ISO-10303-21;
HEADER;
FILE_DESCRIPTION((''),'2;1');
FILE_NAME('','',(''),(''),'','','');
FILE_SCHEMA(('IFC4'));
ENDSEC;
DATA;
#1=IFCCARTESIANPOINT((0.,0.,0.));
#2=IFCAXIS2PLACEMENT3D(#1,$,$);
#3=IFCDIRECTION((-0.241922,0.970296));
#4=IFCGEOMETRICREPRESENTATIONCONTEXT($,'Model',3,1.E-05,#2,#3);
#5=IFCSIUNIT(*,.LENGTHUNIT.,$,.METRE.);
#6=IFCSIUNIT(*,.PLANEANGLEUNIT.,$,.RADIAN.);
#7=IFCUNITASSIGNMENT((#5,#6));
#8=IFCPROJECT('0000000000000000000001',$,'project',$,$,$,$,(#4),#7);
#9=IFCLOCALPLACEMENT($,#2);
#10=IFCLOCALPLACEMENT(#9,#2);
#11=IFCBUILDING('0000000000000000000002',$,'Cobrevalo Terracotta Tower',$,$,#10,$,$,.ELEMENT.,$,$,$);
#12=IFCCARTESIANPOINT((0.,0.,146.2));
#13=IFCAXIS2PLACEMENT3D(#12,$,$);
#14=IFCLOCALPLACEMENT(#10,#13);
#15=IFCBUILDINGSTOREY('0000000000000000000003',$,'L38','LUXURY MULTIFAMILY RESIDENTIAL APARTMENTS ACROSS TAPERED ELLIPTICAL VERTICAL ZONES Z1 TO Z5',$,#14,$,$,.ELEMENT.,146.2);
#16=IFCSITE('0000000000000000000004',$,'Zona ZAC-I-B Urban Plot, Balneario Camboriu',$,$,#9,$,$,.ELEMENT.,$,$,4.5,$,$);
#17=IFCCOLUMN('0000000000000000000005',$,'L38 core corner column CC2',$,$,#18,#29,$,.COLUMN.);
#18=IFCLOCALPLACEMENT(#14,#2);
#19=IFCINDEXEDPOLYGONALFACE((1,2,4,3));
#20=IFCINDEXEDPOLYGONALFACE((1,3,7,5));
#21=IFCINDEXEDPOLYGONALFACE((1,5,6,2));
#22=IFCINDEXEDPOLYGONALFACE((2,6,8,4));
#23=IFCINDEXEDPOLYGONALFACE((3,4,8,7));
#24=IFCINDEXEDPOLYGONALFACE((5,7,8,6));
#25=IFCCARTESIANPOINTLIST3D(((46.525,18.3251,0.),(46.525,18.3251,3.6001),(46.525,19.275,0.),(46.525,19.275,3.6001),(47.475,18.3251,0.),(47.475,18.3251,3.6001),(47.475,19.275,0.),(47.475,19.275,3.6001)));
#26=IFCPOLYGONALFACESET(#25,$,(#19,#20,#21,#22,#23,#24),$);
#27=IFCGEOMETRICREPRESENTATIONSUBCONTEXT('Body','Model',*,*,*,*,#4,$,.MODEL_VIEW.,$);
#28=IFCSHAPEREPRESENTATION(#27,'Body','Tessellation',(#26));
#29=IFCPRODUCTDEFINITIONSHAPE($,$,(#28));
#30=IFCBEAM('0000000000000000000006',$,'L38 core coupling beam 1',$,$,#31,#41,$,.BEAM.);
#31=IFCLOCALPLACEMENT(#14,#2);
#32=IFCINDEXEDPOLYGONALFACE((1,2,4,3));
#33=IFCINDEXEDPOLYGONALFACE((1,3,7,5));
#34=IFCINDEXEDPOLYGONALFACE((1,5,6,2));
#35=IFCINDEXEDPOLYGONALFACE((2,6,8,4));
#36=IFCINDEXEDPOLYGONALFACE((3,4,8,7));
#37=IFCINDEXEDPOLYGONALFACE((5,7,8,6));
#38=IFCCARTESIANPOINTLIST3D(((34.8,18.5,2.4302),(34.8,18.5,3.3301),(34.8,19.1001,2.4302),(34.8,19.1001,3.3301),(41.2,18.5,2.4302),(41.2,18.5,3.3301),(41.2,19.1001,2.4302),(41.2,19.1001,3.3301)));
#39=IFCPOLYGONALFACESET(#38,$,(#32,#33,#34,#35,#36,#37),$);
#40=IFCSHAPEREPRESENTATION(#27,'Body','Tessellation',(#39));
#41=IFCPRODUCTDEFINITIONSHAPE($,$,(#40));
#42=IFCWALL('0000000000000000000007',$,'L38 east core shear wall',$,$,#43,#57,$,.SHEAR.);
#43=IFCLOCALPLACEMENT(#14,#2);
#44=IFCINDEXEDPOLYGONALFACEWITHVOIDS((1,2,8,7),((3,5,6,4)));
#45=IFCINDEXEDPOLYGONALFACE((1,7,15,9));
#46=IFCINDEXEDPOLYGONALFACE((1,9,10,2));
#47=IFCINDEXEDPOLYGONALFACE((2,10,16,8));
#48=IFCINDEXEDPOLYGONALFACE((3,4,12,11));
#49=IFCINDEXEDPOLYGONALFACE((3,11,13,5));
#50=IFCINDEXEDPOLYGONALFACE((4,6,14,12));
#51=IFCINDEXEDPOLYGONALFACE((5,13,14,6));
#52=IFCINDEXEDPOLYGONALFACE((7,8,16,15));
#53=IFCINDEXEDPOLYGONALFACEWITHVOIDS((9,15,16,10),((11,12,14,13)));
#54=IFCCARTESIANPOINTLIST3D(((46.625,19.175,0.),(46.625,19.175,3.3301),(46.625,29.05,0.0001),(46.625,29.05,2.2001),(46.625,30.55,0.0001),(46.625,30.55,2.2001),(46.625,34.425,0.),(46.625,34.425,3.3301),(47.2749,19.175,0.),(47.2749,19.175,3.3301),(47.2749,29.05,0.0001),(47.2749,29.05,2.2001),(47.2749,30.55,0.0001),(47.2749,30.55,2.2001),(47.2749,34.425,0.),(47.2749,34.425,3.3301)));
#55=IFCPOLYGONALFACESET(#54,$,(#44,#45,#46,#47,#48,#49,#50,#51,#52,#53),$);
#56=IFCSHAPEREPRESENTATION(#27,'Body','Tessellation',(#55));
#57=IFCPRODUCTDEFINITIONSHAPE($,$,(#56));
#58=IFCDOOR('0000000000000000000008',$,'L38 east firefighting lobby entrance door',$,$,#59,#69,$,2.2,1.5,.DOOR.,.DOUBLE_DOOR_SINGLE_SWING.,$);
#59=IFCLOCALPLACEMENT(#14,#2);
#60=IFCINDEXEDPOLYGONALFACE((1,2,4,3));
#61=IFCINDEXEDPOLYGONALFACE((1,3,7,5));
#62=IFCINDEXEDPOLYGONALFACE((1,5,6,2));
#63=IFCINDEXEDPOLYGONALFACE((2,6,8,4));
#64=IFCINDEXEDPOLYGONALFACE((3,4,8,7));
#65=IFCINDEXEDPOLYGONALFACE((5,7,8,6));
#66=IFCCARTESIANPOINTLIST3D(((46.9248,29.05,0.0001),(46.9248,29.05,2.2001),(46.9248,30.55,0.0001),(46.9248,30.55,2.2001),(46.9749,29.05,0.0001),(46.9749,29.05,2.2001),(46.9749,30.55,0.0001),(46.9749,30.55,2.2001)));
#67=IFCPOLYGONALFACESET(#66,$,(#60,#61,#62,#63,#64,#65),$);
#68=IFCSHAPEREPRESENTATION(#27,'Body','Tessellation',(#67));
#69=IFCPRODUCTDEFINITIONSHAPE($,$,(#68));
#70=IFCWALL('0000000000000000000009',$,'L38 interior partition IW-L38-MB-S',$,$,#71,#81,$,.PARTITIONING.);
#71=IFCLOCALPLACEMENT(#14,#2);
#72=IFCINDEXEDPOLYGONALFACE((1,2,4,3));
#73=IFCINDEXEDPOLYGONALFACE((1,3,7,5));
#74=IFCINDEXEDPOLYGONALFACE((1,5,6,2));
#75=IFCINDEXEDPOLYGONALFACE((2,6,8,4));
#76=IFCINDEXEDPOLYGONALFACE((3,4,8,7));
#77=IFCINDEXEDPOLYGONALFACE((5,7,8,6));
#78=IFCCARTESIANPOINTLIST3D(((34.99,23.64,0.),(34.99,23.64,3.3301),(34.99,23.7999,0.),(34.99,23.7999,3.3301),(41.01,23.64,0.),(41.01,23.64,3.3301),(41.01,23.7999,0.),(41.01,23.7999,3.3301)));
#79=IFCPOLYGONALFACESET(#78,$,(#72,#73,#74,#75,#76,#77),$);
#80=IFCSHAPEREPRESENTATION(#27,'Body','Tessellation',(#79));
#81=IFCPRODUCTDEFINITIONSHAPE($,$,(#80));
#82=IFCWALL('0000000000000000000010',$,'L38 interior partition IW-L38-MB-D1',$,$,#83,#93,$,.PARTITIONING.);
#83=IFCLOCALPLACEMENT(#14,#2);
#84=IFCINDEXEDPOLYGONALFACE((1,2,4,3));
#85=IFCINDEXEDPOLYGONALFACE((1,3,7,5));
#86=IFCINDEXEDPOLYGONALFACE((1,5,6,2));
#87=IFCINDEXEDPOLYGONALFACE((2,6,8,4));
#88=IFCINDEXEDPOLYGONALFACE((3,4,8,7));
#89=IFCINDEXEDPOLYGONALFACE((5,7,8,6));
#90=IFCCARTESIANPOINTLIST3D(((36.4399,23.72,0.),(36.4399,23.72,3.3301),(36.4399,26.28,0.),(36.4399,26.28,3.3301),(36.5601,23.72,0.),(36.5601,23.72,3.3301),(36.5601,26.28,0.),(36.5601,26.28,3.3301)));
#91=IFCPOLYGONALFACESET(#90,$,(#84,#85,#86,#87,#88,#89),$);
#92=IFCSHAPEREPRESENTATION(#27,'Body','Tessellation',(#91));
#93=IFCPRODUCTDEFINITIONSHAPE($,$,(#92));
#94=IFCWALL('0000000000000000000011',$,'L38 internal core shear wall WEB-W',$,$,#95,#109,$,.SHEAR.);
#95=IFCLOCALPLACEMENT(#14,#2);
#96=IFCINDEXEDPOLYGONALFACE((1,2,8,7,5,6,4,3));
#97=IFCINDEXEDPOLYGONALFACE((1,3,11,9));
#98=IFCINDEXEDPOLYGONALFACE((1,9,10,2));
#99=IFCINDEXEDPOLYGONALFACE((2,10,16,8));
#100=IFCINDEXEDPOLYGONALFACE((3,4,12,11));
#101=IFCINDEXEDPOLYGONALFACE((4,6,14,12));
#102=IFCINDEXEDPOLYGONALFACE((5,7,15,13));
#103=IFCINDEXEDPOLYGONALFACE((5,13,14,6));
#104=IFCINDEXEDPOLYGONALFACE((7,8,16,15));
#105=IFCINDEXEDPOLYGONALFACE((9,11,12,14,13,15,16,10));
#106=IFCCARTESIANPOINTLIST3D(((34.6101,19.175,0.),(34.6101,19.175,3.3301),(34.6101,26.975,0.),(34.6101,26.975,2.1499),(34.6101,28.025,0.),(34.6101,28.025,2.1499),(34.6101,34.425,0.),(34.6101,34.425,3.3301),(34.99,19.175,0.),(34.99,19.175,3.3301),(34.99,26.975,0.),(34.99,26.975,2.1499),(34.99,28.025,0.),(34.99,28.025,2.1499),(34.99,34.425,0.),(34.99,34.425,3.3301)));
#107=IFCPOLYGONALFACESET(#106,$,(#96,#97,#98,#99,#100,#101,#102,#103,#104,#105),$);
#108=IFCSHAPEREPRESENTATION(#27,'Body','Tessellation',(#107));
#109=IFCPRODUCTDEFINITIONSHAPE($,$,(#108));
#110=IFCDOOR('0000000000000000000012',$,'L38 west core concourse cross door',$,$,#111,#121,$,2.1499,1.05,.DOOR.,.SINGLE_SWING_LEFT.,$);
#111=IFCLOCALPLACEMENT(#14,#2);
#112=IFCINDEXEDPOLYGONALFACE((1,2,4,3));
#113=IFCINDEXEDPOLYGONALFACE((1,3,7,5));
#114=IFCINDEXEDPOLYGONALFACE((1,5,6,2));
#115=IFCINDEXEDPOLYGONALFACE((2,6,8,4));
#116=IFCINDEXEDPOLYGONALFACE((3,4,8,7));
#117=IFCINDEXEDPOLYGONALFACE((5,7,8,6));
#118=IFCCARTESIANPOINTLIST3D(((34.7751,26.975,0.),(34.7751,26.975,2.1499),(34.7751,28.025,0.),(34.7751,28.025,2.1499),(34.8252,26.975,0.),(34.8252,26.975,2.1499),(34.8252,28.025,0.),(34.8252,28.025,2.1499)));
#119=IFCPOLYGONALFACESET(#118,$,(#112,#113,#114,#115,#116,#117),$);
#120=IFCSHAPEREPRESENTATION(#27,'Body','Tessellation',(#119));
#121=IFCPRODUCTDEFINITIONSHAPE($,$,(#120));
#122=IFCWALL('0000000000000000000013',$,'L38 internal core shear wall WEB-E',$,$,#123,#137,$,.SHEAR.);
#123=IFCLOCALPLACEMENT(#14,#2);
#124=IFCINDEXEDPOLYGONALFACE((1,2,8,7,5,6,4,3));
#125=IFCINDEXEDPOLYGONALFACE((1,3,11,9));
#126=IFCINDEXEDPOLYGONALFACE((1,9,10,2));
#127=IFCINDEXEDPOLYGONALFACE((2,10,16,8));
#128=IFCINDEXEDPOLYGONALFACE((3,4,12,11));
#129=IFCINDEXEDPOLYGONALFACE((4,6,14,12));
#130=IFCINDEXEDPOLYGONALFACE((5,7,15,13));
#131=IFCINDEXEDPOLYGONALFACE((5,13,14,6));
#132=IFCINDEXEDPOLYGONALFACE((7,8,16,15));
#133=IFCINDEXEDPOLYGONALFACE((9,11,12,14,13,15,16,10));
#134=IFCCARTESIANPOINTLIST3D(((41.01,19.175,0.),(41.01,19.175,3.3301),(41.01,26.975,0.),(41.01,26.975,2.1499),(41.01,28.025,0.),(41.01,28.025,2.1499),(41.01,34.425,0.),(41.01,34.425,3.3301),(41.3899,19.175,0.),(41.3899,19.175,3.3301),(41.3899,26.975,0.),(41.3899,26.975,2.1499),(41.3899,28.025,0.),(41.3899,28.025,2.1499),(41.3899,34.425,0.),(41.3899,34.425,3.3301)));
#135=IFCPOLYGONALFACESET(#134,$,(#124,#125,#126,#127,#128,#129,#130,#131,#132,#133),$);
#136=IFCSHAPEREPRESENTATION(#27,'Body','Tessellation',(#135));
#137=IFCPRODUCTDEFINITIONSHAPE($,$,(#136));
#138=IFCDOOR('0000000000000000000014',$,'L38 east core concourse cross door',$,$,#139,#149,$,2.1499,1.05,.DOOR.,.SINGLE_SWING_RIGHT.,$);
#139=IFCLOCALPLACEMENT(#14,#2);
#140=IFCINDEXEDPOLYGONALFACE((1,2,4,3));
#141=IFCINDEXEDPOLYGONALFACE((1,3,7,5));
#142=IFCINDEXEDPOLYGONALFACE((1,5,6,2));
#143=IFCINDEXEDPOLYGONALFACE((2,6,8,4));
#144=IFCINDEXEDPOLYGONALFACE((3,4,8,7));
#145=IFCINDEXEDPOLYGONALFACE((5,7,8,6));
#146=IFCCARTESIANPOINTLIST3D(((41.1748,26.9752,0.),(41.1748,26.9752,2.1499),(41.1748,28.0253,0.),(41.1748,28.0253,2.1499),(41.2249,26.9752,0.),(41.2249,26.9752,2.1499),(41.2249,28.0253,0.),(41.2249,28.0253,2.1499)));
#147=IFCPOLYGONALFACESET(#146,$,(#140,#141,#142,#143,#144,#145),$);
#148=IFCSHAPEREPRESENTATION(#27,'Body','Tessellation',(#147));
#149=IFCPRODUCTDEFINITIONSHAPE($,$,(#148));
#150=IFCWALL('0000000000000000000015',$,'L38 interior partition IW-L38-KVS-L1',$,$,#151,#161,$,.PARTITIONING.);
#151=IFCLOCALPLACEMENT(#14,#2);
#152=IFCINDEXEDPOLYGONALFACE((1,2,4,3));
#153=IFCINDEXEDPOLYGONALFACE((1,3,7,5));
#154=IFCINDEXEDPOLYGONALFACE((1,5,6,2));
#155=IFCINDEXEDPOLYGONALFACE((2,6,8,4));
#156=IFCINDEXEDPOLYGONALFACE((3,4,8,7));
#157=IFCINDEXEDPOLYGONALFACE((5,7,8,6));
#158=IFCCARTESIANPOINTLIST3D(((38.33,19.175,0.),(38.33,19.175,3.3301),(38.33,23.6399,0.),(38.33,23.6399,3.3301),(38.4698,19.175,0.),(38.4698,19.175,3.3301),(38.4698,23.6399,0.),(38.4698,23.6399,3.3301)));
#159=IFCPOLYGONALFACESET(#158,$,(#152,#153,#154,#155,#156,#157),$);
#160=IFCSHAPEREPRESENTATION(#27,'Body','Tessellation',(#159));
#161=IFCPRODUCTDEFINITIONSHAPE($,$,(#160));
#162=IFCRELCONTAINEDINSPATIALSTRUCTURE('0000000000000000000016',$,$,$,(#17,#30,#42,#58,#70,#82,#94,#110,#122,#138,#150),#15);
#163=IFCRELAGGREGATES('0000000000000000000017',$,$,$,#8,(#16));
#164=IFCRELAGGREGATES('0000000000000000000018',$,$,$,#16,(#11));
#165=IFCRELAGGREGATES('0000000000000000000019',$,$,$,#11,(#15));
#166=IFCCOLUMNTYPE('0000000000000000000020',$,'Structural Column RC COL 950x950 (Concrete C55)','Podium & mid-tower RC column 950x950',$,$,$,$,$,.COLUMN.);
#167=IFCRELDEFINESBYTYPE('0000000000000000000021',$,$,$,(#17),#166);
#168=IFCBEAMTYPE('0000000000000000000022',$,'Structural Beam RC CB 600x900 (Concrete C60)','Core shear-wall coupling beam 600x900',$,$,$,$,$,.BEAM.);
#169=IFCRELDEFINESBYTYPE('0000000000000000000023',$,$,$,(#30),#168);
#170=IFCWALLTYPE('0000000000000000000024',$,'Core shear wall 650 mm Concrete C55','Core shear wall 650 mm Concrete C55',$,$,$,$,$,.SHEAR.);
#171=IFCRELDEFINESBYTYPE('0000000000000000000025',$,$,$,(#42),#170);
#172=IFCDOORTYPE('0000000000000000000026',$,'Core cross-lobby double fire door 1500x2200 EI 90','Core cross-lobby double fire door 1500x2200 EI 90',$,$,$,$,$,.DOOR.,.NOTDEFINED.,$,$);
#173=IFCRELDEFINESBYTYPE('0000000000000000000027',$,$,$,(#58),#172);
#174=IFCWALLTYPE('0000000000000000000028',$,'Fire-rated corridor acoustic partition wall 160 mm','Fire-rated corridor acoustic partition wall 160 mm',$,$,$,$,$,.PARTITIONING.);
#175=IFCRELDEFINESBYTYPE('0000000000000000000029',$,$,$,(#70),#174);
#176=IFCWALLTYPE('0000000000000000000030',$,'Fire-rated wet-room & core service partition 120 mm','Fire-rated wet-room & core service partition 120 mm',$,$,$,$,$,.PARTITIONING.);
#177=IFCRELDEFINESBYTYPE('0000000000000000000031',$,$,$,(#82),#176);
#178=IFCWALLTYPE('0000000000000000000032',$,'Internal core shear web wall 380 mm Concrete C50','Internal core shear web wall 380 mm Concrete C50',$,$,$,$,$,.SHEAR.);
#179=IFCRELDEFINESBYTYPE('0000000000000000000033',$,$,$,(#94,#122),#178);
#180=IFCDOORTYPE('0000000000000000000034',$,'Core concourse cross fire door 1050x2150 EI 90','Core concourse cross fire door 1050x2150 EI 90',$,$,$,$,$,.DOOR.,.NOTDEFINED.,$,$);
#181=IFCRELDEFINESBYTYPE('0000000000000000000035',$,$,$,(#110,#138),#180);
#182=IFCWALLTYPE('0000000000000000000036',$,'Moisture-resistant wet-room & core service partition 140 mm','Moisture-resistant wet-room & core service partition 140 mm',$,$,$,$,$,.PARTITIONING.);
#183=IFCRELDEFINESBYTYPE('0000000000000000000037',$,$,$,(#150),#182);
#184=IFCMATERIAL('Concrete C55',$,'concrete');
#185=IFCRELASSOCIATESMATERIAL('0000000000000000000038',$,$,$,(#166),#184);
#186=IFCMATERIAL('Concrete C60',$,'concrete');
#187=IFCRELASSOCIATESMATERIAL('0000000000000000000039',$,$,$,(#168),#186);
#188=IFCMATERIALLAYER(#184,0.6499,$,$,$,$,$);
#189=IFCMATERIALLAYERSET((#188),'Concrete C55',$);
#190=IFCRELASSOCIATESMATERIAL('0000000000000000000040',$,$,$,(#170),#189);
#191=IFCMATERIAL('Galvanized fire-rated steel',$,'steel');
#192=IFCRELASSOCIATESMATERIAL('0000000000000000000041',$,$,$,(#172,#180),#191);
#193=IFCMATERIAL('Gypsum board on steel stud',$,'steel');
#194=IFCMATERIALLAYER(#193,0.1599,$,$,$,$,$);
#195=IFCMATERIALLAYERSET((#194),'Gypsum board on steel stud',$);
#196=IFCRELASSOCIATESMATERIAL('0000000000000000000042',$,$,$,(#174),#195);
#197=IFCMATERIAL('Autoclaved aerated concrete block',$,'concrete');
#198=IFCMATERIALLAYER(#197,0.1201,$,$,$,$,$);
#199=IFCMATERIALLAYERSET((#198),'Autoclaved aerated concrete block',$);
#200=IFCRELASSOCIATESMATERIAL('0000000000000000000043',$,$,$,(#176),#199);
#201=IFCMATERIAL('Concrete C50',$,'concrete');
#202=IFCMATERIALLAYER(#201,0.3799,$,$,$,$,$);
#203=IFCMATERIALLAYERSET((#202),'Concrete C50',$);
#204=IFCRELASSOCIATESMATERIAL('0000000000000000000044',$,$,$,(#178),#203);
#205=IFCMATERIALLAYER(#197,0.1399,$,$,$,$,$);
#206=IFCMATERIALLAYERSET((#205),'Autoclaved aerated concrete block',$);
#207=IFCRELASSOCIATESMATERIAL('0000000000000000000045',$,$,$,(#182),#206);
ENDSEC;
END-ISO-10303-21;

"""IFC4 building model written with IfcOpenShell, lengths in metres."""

from ifc_helpers import new_model, si_unit, direction, frame, frame_2d, origin, origin_2d, place, context, subcontext, project, spatial, rectangle, extrude, source, transform, mapped, material, layer, layer_set, material_profile, profile_set, type_object, element, fill, save


model = new_model("IFC4")

# Units and contexts
model_context = context("Model", 3, precision=1e-05, world=origin(), true_north=direction((-0.241922, 0.970296)))
body_context = subcontext(model_context, "Body", "Model", "MODEL_VIEW")
ifc_project = project(units=[si_unit("LENGTHUNIT", "METRE"), si_unit("PLANEANGLEUNIT", "RADIAN")], contexts=[model_context])

# Site, building, storey
site_placement = place(None, origin())
site = spatial("IfcSite", under=ifc_project, at=site_placement, Name="Zona ZAC-I-B Urban Plot, Balneario Camboriu", CompositionType="ELEMENT", RefElevation=4.5)
building_placement = place(site_placement, origin())
building = spatial("IfcBuilding", under=site, at=building_placement, Name="Cobrevalo Terracotta Tower", CompositionType="ELEMENT")
storey_placement = place(building_placement, frame((0.0, 0.0, 146.2)))
storey = spatial("IfcBuildingStorey", under=building, at=storey_placement, Name="L38", Description="LUXURY MULTIFAMILY RESIDENTIAL APARTMENTS ACROSS TAPERED ELLIPTICAL VERTICAL ZONES Z1 TO Z5", CompositionType="ELEMENT", Elevation=146.2)

# Column
ifc_material_1 = material(Name="Concrete C55", Category="concrete")
ifc_material_profile_1 = material_profile(ifc_material_1, rectangle(XDim=0.95, YDim=0.95, at=origin_2d()), Name="RC COL 950x950")
ifc_profile_set_1 = profile_set([ifc_material_profile_1], Name="Concrete C55")
column_type = type_object("IfcColumnType", Name="Structural Column RC COL 950x950 (Concrete C55)", Description="Podium & mid-tower RC column 950x950", PredefinedType="COLUMN", material=ifc_profile_set_1)
column_placement = place(storey_placement, frame((47.0, 18.8, 0.0), z_axis=(0.0, 0.0, 1.0), x_axis=(1.0, 0.0, 0.0)))
element("IfcColumn", 1, at=column_placement, inside=storey, type_object=column_type, Name="L38 core corner column CC2", PredefinedType="COLUMN", context=body_context, shape_type="SweptSolid", body=[
    extrude(rectangle(XDim=0.95, YDim=0.95, at=origin_2d()), origin(), (0.0, 0.0, 1.0), 3.6001),
])

# Beam
ifc_material_2 = material(Name="Concrete C60", Category="concrete")
ifc_material_profile_2 = material_profile(ifc_material_2, rectangle(XDim=0.6001, YDim=0.8999, at=origin_2d()), Name="RC CB 600x900")
ifc_profile_set_2 = profile_set([ifc_material_profile_2], Name="Concrete C60")
beam_type = type_object("IfcBeamType", Name="Structural Beam RC CB 600x900 (Concrete C60)", Description="Core shear-wall coupling beam 600x900", PredefinedType="BEAM", material=ifc_profile_set_2)
beam_placement = place(storey_placement, frame((34.8, 18.8, 2.8801), z_axis=(1.0, 0.0, 0.0), x_axis=(0.0, 1.0, 0.0)))
element("IfcBeam", 2, at=beam_placement, inside=storey, type_object=beam_type, Name="L38 core coupling beam 1", PredefinedType="BEAM", context=body_context, shape_type="SweptSolid", body=[
    extrude(rectangle(XDim=0.6001, YDim=0.8999, at=origin_2d()), origin(), (0.0, 0.0, 1.0), 6.3999),
])

# Wall, opening, door
ifc_layer_1 = layer(ifc_material_1, 0.6499)
ifc_layer_set_1 = layer_set([ifc_layer_1], Name="Concrete C55")
wall_type_1 = type_object("IfcWallType", Name="Core shear wall 650 mm Concrete C55", Description="Core shear wall 650 mm Concrete C55", PredefinedType="SHEAR", material=ifc_layer_set_1)
wall_1_placement = place(storey_placement, frame((46.95, 19.175, 0.0), z_axis=(0.0, 0.0, 1.0), x_axis=(0.0, 1.0, 0.0)))
wall_1 = element("IfcWall", 3, at=wall_1_placement, inside=storey, type_object=wall_type_1, Name="L38 east core shear wall", PredefinedType="SHEAR", context=body_context, shape_type="SweptSolid", body=[
    extrude(rectangle(XDim=15.25, YDim=0.6499, at=frame_2d((7.625, 0.0))), origin(), (0.0, 0.0, 1.0), 3.3301),
])
opening_1_placement = place(wall_1_placement, frame((9.875, 0.0, 0.0)))
opening_1 = element("IfcOpeningElement", 4, at=opening_1_placement, cuts=wall_1, PredefinedType="OPENING", context=body_context, shape_type="SweptSolid", body=[
    extrude(rectangle(XDim=1.5, YDim=2.2, at=frame_2d((0.75, 1.1001))), frame((0.0, 0.335, 0.0), z_axis=(0.0, -1.0, 0.0), x_axis=(1.0, 0.0, 0.0)), (0.0, 0.0, 1.0), 0.6699),
])
ifc_material_3 = material(Name="Galvanized fire-rated steel", Category="steel")
door_type_1 = type_object("IfcDoorType", Name="Core cross-lobby double fire door 1500x2200 EI 90", Description="Core cross-lobby double fire door 1500x2200 EI 90", OperationType="NOTDEFINED", PredefinedType="DOOR", material=ifc_material_3)
shared_shape_1 = source(origin(), body_context, "Body", "SweptSolid", [
    extrude(rectangle(XDim=1.5, YDim=2.2, at=frame_2d((0.75, 1.1001))), frame((0.0, 0.0249, 0.0), z_axis=(0.0, -1.0, 0.0), x_axis=(1.0, 0.0, 0.0)), (0.0, 0.0, 1.0), 0.05),
])
door_1_placement = place(opening_1_placement, frame((1.5, 0.0, 0.0), z_axis=(0.0, 0.0, 1.0), x_axis=(-1.0, 0.0, 0.0)))
door_1 = element("IfcDoor", 5, at=door_1_placement, inside=storey, type_object=door_type_1, Name="L38 east firefighting lobby entrance door", OperationType="DOUBLE_DOOR_SINGLE_SWING", OverallHeight=2.2, OverallWidth=1.5, PredefinedType="DOOR", context=body_context, shape_type="MappedRepresentation", body=[
    mapped(shared_shape_1, transform((0.0, 0.0, 0.0), scale=1.0)),
])
fill(opening_1, door_1)

# Walls
ifc_material_4 = material(Name="Gypsum board on steel stud", Category="steel")
ifc_layer_2 = layer(ifc_material_4, 0.1599)
ifc_layer_set_2 = layer_set([ifc_layer_2], Name="Gypsum board on steel stud")
wall_type_2 = type_object("IfcWallType", Name="Fire-rated corridor acoustic partition wall 160 mm", Description="Fire-rated corridor acoustic partition wall 160 mm", PredefinedType="PARTITIONING", material=ifc_layer_set_2)
wall_2_placement = place(storey_placement, frame((34.99, 23.72, 0.0), z_axis=(0.0, 0.0, 1.0), x_axis=(1.0, 0.0, 0.0)))
element("IfcWall", 6, at=wall_2_placement, inside=storey, type_object=wall_type_2, Name="L38 interior partition IW-L38-MB-S", PredefinedType="PARTITIONING", context=body_context, shape_type="SweptSolid", body=[
    extrude(rectangle(XDim=6.02, YDim=0.1599, at=frame_2d((3.01, 0.0))), origin(), (0.0, 0.0, 1.0), 3.3301),
])
ifc_material_5 = material(Name="Autoclaved aerated concrete block", Category="concrete")
ifc_layer_3 = layer(ifc_material_5, 0.1201)
ifc_layer_set_3 = layer_set([ifc_layer_3], Name="Autoclaved aerated concrete block")
wall_type_3 = type_object("IfcWallType", Name="Fire-rated wet-room & core service partition 120 mm", Description="Fire-rated wet-room & core service partition 120 mm", PredefinedType="PARTITIONING", material=ifc_layer_set_3)
wall_3_placement = place(storey_placement, frame((36.5, 23.72, 0.0), z_axis=(0.0, 0.0, 1.0), x_axis=(0.0, 1.0, 0.0)))
element("IfcWall", 7, at=wall_3_placement, inside=storey, type_object=wall_type_3, Name="L38 interior partition IW-L38-MB-D1", PredefinedType="PARTITIONING", context=body_context, shape_type="SweptSolid", body=[
    extrude(rectangle(XDim=2.5601, YDim=0.1201, at=frame_2d((1.28, 0.0))), origin(), (0.0, 0.0, 1.0), 3.3301),
])

# Walls, openings, doors
ifc_material_6 = material(Name="Concrete C50", Category="concrete")
ifc_layer_4 = layer(ifc_material_6, 0.3799)
ifc_layer_set_4 = layer_set([ifc_layer_4], Name="Concrete C50")
wall_type_4 = type_object("IfcWallType", Name="Internal core shear web wall 380 mm Concrete C50", Description="Internal core shear web wall 380 mm Concrete C50", PredefinedType="SHEAR", material=ifc_layer_set_4)
wall_4_placement = place(storey_placement, frame((34.8, 19.175, 0.0), z_axis=(0.0, 0.0, 1.0), x_axis=(0.0, 1.0, 0.0)))
wall_4 = element("IfcWall", 8, at=wall_4_placement, inside=storey, type_object=wall_type_4, Name="L38 internal core shear wall WEB-W", PredefinedType="SHEAR", context=body_context, shape_type="SweptSolid", body=[
    extrude(rectangle(XDim=15.25, YDim=0.3799, at=frame_2d((7.625, 0.0))), origin(), (0.0, 0.0, 1.0), 3.3301),
])
opening_2_placement = place(wall_4_placement, frame((7.8, 0.0, 0.0)))
opening_2 = element("IfcOpeningElement", 9, at=opening_2_placement, cuts=wall_4, PredefinedType="OPENING", context=body_context, shape_type="SweptSolid", body=[
    extrude(rectangle(XDim=1.05, YDim=2.1499, at=frame_2d((0.5249, 1.075))), frame((0.0, 0.2, 0.0), z_axis=(0.0, -1.0, 0.0), x_axis=(1.0, 0.0, 0.0)), (0.0, 0.0, 1.0), 0.3999),
])
door_type_2 = type_object("IfcDoorType", Name="Core concourse cross fire door 1050x2150 EI 90", Description="Core concourse cross fire door 1050x2150 EI 90", OperationType="NOTDEFINED", PredefinedType="DOOR", material=ifc_material_3)
shared_shape_2 = source(origin(), body_context, "Body", "SweptSolid", [
    extrude(rectangle(XDim=1.05, YDim=2.1499, at=frame_2d((0.5249, 1.075))), frame((0.0, 0.0249, 0.0), z_axis=(0.0, -1.0, 0.0), x_axis=(1.0, 0.0, 0.0)), (0.0, 0.0, 1.0), 0.05),
])
door_2_placement = place(opening_2_placement, origin())
door_2 = element("IfcDoor", 10, at=door_2_placement, inside=storey, type_object=door_type_2, Name="L38 west core concourse cross door", OperationType="SINGLE_SWING_LEFT", OverallHeight=2.1499, OverallWidth=1.05, PredefinedType="DOOR", context=body_context, shape_type="MappedRepresentation", body=[
    mapped(shared_shape_2, transform((0.0, 0.0, 0.0), scale=1.0)),
])
fill(opening_2, door_2)
wall_5_placement = place(storey_placement, frame((41.2, 19.175, 0.0), z_axis=(0.0, 0.0, 1.0), x_axis=(0.0, 1.0, 0.0)))
wall_5 = element("IfcWall", 11, at=wall_5_placement, inside=storey, type_object=wall_type_4, Name="L38 internal core shear wall WEB-E", PredefinedType="SHEAR", context=body_context, shape_type="SweptSolid", body=[
    extrude(rectangle(XDim=15.25, YDim=0.3799, at=frame_2d((7.625, 0.0))), origin(), (0.0, 0.0, 1.0), 3.3301),
])
opening_3_placement = place(wall_5_placement, frame((7.8, 0.0, 0.0)))
opening_3 = element("IfcOpeningElement", 12, at=opening_3_placement, cuts=wall_5, PredefinedType="OPENING", context=body_context, shape_type="SweptSolid", body=[
    extrude(rectangle(XDim=1.05, YDim=2.1499, at=frame_2d((0.5249, 1.075))), frame((0.0, 0.2, 0.0), z_axis=(0.0, -1.0, 0.0), x_axis=(1.0, 0.0, 0.0)), (0.0, 0.0, 1.0), 0.3999),
])
door_3_placement = place(opening_3_placement, frame((1.05, 0.0, 0.0), z_axis=(0.0, 0.0, 1.0), x_axis=(-1.0, 0.0, 0.0)))
door_3 = element("IfcDoor", 13, at=door_3_placement, inside=storey, type_object=door_type_2, Name="L38 east core concourse cross door", OperationType="SINGLE_SWING_RIGHT", OverallHeight=2.1499, OverallWidth=1.05, PredefinedType="DOOR", context=body_context, shape_type="MappedRepresentation", body=[
    mapped(shared_shape_2, transform((0.0, 0.0, 0.0), scale=1.0)),
])
fill(opening_3, door_3)

# Wall
ifc_layer_5 = layer(ifc_material_5, 0.1399)
ifc_layer_set_5 = layer_set([ifc_layer_5], Name="Autoclaved aerated concrete block")
wall_type_5 = type_object("IfcWallType", Name="Moisture-resistant wet-room & core service partition 140 mm", Description="Moisture-resistant wet-room & core service partition 140 mm", PredefinedType="PARTITIONING", material=ifc_layer_set_5)
wall_6_placement = place(storey_placement, frame((38.3999, 19.175, 0.0), z_axis=(0.0, 0.0, 1.0), x_axis=(0.0, 1.0, 0.0)))
element("IfcWall", 14, at=wall_6_placement, inside=storey, type_object=wall_type_5, Name="L38 interior partition IW-L38-KVS-L1", PredefinedType="PARTITIONING", context=body_context, shape_type="SweptSolid", body=[
    extrude(rectangle(XDim=4.4648, YDim=0.1399, at=frame_2d((2.2324, 0.0))), origin(), (0.0, 0.0, 1.0), 3.3301),
])

save(model, "model.ifc")
